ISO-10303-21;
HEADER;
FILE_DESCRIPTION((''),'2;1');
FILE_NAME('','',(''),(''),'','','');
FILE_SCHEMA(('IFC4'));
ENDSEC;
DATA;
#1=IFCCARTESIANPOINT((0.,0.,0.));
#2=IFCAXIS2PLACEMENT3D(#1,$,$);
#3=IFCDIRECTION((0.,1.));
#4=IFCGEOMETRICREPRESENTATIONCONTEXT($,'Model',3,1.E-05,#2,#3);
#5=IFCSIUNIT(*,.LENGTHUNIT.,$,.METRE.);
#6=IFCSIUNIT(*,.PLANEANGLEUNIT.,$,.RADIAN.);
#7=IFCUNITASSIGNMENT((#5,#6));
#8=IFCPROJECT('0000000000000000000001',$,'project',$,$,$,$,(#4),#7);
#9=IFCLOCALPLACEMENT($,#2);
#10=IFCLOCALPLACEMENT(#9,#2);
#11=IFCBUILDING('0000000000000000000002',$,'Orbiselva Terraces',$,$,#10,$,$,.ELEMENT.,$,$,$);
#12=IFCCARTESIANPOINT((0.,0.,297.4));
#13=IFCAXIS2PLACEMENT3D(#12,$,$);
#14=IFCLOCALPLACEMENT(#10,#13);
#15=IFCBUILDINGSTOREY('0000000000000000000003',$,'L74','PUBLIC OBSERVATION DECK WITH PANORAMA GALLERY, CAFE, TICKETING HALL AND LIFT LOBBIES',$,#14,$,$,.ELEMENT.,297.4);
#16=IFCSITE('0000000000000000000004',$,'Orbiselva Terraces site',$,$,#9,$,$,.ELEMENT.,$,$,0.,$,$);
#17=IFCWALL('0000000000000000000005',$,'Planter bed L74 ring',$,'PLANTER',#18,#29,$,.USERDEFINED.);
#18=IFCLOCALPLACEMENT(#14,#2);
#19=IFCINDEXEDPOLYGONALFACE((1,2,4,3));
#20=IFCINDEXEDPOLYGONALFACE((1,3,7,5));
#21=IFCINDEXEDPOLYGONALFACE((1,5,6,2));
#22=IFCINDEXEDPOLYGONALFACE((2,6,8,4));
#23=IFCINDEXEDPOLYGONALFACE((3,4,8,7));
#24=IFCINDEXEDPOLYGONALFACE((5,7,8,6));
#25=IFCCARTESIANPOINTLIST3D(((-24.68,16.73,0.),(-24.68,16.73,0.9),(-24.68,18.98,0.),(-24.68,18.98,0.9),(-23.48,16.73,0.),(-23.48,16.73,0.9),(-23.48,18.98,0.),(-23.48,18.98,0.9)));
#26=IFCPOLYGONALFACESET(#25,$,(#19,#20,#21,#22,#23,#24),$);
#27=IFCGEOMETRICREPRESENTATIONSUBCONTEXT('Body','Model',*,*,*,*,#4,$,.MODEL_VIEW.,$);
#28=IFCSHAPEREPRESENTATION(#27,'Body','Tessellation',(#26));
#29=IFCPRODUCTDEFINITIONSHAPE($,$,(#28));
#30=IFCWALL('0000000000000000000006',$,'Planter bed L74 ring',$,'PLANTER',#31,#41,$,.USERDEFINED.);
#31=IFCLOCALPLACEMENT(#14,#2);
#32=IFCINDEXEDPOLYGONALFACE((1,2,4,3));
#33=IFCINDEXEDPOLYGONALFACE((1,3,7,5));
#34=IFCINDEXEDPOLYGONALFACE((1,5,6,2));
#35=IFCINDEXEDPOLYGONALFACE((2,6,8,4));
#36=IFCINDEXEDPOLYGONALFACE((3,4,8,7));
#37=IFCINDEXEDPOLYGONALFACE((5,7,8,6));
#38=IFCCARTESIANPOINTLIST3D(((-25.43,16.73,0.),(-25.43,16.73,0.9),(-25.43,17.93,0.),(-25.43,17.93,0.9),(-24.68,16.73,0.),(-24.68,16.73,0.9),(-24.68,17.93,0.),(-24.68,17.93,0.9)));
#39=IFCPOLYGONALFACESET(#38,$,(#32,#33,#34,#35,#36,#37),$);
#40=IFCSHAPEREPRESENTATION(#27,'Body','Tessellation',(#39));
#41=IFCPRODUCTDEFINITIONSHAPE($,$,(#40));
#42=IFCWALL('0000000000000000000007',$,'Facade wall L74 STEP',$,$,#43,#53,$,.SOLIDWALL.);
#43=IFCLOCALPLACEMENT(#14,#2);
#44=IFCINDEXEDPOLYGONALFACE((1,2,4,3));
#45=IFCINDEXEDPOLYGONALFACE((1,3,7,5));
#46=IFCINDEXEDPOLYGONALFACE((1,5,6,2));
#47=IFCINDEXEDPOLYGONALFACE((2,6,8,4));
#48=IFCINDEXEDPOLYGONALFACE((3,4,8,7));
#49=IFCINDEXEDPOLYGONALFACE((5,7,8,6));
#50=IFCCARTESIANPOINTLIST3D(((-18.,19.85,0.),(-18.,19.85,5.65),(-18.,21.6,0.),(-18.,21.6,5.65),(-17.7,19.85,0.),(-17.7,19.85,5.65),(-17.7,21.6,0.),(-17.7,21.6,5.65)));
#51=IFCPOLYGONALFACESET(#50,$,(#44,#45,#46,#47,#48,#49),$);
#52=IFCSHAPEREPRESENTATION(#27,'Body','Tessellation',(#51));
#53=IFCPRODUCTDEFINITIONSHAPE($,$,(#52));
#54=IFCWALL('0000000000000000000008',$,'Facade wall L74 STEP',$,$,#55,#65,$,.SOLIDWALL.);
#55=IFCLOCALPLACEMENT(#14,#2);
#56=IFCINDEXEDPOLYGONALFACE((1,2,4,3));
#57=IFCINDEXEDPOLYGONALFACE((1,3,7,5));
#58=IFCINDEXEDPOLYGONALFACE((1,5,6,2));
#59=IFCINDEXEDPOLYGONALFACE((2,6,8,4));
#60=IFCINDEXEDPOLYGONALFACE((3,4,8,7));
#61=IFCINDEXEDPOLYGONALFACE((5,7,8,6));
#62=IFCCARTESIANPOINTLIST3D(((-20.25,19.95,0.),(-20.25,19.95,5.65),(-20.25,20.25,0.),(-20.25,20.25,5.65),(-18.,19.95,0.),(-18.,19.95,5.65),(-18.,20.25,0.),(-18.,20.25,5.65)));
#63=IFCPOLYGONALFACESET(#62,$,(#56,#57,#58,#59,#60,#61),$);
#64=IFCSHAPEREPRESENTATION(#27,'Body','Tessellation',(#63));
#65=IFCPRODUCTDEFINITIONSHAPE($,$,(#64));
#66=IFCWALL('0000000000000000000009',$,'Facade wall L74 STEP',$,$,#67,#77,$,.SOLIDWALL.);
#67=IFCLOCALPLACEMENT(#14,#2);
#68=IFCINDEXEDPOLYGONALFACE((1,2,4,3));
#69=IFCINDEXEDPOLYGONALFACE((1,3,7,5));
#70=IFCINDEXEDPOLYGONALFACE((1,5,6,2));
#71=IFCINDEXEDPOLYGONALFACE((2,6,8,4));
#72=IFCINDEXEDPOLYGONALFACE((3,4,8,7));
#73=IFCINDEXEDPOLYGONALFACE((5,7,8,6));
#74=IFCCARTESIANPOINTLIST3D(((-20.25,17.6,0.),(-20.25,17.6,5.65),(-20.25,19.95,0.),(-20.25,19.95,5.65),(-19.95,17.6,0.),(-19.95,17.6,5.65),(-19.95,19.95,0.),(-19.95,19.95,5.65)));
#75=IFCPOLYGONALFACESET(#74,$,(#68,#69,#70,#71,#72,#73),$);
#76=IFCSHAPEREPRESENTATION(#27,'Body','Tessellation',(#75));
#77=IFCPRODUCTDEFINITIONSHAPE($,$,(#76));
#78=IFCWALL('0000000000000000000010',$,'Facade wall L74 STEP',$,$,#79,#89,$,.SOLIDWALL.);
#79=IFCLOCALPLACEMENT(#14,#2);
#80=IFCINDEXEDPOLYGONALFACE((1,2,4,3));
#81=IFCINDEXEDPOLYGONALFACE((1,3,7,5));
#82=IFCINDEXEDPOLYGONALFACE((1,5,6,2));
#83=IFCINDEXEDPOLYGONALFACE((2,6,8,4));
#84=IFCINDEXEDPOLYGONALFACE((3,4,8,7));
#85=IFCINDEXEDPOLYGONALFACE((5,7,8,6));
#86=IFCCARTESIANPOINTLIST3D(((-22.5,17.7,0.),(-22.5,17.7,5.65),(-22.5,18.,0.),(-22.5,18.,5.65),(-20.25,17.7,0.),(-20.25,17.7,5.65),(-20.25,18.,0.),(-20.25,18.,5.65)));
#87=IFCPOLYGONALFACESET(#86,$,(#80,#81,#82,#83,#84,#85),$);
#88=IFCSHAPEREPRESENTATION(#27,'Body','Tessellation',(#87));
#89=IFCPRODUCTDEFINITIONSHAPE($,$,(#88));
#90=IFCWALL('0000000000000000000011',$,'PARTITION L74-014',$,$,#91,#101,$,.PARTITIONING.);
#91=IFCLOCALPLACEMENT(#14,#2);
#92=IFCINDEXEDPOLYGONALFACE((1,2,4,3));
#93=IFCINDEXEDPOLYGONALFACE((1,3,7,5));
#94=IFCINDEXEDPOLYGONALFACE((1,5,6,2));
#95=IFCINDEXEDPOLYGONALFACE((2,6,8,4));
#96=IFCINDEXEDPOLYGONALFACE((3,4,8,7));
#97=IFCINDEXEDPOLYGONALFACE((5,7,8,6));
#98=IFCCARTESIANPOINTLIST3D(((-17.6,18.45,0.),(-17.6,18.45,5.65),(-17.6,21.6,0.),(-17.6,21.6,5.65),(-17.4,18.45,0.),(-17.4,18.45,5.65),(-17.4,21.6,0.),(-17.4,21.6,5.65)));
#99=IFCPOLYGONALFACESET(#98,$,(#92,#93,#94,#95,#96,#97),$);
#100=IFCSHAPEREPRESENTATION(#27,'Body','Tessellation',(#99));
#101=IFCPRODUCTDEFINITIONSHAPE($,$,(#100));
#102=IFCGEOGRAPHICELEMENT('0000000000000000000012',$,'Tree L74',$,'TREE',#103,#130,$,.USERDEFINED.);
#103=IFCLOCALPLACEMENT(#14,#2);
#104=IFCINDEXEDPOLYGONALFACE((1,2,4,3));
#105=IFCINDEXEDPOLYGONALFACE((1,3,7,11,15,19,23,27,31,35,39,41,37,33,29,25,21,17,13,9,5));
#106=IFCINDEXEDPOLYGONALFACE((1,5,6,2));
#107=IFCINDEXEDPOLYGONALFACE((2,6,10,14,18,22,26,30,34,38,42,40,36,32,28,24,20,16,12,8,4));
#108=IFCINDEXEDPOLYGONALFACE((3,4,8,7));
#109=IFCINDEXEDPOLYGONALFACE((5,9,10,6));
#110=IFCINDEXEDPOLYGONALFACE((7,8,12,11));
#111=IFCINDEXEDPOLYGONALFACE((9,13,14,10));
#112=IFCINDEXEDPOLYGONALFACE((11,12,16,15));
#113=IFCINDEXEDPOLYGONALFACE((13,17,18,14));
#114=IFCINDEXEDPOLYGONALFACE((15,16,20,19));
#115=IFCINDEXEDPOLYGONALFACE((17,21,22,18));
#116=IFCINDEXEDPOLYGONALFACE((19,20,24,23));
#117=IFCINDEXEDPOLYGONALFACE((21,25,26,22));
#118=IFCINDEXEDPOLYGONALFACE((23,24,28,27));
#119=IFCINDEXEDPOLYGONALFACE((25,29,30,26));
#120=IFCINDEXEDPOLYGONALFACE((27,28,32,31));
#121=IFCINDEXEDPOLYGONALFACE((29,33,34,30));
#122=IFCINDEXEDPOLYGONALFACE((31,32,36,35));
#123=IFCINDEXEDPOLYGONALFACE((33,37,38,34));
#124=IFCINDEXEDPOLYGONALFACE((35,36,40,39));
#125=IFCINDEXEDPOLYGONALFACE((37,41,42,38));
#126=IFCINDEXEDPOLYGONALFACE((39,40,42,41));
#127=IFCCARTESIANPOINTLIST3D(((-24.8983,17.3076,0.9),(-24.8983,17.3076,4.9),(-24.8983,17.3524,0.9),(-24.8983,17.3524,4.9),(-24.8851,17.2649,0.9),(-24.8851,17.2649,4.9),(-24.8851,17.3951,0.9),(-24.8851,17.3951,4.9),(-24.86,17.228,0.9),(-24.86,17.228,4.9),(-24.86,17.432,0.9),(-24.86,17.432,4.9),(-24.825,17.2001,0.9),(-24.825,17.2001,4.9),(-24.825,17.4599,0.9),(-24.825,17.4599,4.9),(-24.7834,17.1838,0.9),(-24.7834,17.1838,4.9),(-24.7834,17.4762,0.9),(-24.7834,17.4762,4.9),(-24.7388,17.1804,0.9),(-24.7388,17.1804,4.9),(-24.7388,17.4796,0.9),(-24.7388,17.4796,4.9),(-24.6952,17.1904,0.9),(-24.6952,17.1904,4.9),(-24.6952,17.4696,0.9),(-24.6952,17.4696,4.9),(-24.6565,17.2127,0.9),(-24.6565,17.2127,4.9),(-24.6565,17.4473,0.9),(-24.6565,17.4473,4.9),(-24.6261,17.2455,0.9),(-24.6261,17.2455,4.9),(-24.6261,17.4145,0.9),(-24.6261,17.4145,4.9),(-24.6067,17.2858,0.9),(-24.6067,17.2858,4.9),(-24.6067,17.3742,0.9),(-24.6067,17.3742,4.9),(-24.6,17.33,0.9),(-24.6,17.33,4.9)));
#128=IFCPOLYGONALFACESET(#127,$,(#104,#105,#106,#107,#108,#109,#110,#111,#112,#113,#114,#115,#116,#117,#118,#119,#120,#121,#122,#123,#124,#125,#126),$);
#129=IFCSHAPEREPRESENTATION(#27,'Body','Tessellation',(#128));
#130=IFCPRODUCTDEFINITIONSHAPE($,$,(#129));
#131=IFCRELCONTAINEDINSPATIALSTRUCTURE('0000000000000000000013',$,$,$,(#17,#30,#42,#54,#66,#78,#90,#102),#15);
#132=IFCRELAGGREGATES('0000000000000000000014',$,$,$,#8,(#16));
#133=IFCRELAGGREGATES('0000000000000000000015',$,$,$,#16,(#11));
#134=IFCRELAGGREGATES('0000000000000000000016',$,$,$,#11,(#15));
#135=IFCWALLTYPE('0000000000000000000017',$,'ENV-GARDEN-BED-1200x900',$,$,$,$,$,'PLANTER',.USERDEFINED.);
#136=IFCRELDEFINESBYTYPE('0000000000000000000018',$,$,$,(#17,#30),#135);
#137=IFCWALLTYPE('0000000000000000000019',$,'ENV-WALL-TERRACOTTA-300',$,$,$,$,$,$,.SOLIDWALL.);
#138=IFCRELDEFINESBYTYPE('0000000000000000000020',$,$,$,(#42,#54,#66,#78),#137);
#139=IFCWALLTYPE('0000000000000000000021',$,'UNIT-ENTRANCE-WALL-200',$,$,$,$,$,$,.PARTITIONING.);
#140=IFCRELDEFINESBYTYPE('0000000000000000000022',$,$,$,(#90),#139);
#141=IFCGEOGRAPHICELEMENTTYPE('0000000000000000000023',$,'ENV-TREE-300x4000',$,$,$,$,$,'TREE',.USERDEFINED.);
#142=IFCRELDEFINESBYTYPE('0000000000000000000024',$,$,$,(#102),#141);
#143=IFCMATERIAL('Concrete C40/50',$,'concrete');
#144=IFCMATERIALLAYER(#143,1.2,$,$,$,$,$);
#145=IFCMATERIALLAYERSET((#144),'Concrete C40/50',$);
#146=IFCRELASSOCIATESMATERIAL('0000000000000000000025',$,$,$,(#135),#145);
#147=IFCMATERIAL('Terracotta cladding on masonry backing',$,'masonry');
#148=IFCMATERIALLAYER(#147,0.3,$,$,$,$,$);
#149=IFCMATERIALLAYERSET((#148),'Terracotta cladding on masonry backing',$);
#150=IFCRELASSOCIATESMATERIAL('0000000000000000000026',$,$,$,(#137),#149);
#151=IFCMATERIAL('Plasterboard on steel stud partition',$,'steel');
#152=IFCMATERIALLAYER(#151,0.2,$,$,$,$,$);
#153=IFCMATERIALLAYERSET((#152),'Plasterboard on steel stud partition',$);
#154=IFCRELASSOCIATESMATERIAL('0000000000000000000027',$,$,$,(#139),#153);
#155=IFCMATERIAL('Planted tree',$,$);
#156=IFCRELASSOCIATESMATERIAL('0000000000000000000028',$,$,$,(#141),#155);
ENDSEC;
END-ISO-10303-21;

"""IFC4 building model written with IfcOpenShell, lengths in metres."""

from ifc_helpers import new_model, si_unit, direction, frame, frame_2d, origin, origin_2d, place, context, subcontext, project, spatial, rectangle, circle, extrude, material, layer, layer_set, type_object, element, save


model = new_model("IFC4")

# Units and contexts
model_context = context("Model", 3, precision=1e-05, world=origin(), true_north=direction((0.0, 1.0)))
body_context = subcontext(model_context, "Body", "Model", "MODEL_VIEW")
ifc_project = project(units=[si_unit("LENGTHUNIT", "METRE"), si_unit("PLANEANGLEUNIT", "RADIAN")], contexts=[model_context])

# Site, building, storey
site_placement = place(None, origin())
site = spatial("IfcSite", under=ifc_project, at=site_placement, Name="Orbiselva Terraces site", CompositionType="ELEMENT", RefElevation=0.0)
building_placement = place(site_placement, origin())
building = spatial("IfcBuilding", under=site, at=building_placement, Name="Orbiselva Terraces", CompositionType="ELEMENT")
storey_placement = place(building_placement, frame((0.0, 0.0, 297.4)))
storey = spatial("IfcBuildingStorey", under=building, at=storey_placement, Name="L74", Description="PUBLIC OBSERVATION DECK WITH PANORAMA GALLERY, CAFE, TICKETING HALL AND LIFT LOBBIES", CompositionType="ELEMENT", Elevation=297.4)

# Walls
ifc_material_1 = material(Name="Concrete C40/50", Category="concrete")
ifc_layer_1 = layer(ifc_material_1, 1.2)
ifc_layer_set_1 = layer_set([ifc_layer_1], Name="Concrete C40/50")
wall_type_1 = type_object("IfcWallType", Name="ENV-GARDEN-BED-1200x900", ElementType="PLANTER", PredefinedType="USERDEFINED", material=ifc_layer_set_1)
wall_1_placement = place(storey_placement, frame((-24.08, 18.98, 0.0), z_axis=(0.0, 0.0, 1.0), x_axis=(0.0, -1.0, 0.0)))
element("IfcWall", 1, at=wall_1_placement, inside=storey, type_object=wall_type_1, Name="Planter bed L74 ring", ObjectType="PLANTER", PredefinedType="USERDEFINED", context=body_context, shape_type="SweptSolid", body=[
    extrude(rectangle(XDim=2.25, YDim=1.2, at=frame_2d((1.125, 0.0))), origin(), (0.0, 0.0, 1.0), 0.9),
])
wall_2_placement = place(storey_placement, frame((-24.68, 17.33, 0.0), z_axis=(0.0, 0.0, 1.0), x_axis=(-1.0, 0.0, 0.0)))
element("IfcWall", 2, at=wall_2_placement, inside=storey, type_object=wall_type_1, Name="Planter bed L74 ring", ObjectType="PLANTER", PredefinedType="USERDEFINED", context=body_context, shape_type="SweptSolid", body=[
    extrude(rectangle(XDim=0.75, YDim=1.2, at=frame_2d((0.375, 0.0))), origin(), (0.0, 0.0, 1.0), 0.9),
])
ifc_material_2 = material(Name="Terracotta cladding on masonry backing", Category="masonry")
ifc_layer_2 = layer(ifc_material_2, 0.3)
ifc_layer_set_2 = layer_set([ifc_layer_2], Name="Terracotta cladding on masonry backing")
wall_type_2 = type_object("IfcWallType", Name="ENV-WALL-TERRACOTTA-300", PredefinedType="SOLIDWALL", material=ifc_layer_set_2)
wall_3_placement = place(storey_placement, frame((-17.85, 19.85, 0.0), z_axis=(0.0, 0.0, 1.0), x_axis=(0.0, 1.0, 0.0)))
element("IfcWall", 3, at=wall_3_placement, inside=storey, type_object=wall_type_2, Name="Facade wall L74 STEP", PredefinedType="SOLIDWALL", context=body_context, shape_type="SweptSolid", body=[
    extrude(rectangle(XDim=1.75, YDim=0.3, at=frame_2d((0.875, 0.0))), origin(), (0.0, 0.0, 1.0), 5.65),
])
wall_4_placement = place(storey_placement, frame((-20.25, 20.1, 0.0), z_axis=(0.0, 0.0, 1.0), x_axis=(1.0, 0.0, 0.0)))
element("IfcWall", 4, at=wall_4_placement, inside=storey, type_object=wall_type_2, Name="Facade wall L74 STEP", PredefinedType="SOLIDWALL", context=body_context, shape_type="SweptSolid", body=[
    extrude(rectangle(XDim=2.25, YDim=0.3, at=frame_2d((1.125, 0.0))), origin(), (0.0, 0.0, 1.0), 5.65),
])
wall_5_placement = place(storey_placement, frame((-20.1, 17.6, 0.0), z_axis=(0.0, 0.0, 1.0), x_axis=(0.0, 1.0, 0.0)))
element("IfcWall", 5, at=wall_5_placement, inside=storey, type_object=wall_type_2, Name="Facade wall L74 STEP", PredefinedType="SOLIDWALL", context=body_context, shape_type="SweptSolid", body=[
    extrude(rectangle(XDim=2.35, YDim=0.3, at=frame_2d((1.175, 0.0))), origin(), (0.0, 0.0, 1.0), 5.65),
])
wall_6_placement = place(storey_placement, frame((-22.5, 17.85, 0.0), z_axis=(0.0, 0.0, 1.0), x_axis=(1.0, 0.0, 0.0)))
element("IfcWall", 6, at=wall_6_placement, inside=storey, type_object=wall_type_2, Name="Facade wall L74 STEP", PredefinedType="SOLIDWALL", context=body_context, shape_type="SweptSolid", body=[
    extrude(rectangle(XDim=2.25, YDim=0.3, at=frame_2d((1.125, 0.0))), origin(), (0.0, 0.0, 1.0), 5.65),
])
ifc_material_3 = material(Name="Plasterboard on steel stud partition", Category="steel")
ifc_layer_3 = layer(ifc_material_3, 0.2)
ifc_layer_set_3 = layer_set([ifc_layer_3], Name="Plasterboard on steel stud partition")
wall_type_3 = type_object("IfcWallType", Name="UNIT-ENTRANCE-WALL-200", PredefinedType="PARTITIONING", material=ifc_layer_set_3)
wall_7_placement = place(storey_placement, frame((-17.5, 18.45, 0.0), z_axis=(0.0, 0.0, 1.0), x_axis=(0.0, 1.0, 0.0)))
element("IfcWall", 7, at=wall_7_placement, inside=storey, type_object=wall_type_3, Name="PARTITION L74-014", PredefinedType="PARTITIONING", context=body_context, shape_type="SweptSolid", body=[
    extrude(rectangle(XDim=3.15, YDim=0.2, at=frame_2d((1.575, 0.0))), origin(), (0.0, 0.0, 1.0), 5.65),
])

# Geographic element
ifc_material_4 = material(Name="Planted tree")
geographic_element_type = type_object("IfcGeographicElementType", Name="ENV-TREE-300x4000", ElementType="TREE", PredefinedType="USERDEFINED", material=ifc_material_4)
geographic_element_placement = place(storey_placement, frame((-24.75, 17.33, 4.9), z_axis=(0.0, 0.0, -1.0), x_axis=(1.0, 0.0, 0.0)))
element("IfcGeographicElement", 8, at=geographic_element_placement, inside=storey, type_object=geographic_element_type, Name="Tree L74", ObjectType="TREE", PredefinedType="USERDEFINED", context=body_context, shape_type="SweptSolid", body=[
    extrude(circle(Radius=0.15, at=origin_2d()), origin(), (0.0, 0.0, 1.0), 4.0),
])

save(model, "model.ifc")
